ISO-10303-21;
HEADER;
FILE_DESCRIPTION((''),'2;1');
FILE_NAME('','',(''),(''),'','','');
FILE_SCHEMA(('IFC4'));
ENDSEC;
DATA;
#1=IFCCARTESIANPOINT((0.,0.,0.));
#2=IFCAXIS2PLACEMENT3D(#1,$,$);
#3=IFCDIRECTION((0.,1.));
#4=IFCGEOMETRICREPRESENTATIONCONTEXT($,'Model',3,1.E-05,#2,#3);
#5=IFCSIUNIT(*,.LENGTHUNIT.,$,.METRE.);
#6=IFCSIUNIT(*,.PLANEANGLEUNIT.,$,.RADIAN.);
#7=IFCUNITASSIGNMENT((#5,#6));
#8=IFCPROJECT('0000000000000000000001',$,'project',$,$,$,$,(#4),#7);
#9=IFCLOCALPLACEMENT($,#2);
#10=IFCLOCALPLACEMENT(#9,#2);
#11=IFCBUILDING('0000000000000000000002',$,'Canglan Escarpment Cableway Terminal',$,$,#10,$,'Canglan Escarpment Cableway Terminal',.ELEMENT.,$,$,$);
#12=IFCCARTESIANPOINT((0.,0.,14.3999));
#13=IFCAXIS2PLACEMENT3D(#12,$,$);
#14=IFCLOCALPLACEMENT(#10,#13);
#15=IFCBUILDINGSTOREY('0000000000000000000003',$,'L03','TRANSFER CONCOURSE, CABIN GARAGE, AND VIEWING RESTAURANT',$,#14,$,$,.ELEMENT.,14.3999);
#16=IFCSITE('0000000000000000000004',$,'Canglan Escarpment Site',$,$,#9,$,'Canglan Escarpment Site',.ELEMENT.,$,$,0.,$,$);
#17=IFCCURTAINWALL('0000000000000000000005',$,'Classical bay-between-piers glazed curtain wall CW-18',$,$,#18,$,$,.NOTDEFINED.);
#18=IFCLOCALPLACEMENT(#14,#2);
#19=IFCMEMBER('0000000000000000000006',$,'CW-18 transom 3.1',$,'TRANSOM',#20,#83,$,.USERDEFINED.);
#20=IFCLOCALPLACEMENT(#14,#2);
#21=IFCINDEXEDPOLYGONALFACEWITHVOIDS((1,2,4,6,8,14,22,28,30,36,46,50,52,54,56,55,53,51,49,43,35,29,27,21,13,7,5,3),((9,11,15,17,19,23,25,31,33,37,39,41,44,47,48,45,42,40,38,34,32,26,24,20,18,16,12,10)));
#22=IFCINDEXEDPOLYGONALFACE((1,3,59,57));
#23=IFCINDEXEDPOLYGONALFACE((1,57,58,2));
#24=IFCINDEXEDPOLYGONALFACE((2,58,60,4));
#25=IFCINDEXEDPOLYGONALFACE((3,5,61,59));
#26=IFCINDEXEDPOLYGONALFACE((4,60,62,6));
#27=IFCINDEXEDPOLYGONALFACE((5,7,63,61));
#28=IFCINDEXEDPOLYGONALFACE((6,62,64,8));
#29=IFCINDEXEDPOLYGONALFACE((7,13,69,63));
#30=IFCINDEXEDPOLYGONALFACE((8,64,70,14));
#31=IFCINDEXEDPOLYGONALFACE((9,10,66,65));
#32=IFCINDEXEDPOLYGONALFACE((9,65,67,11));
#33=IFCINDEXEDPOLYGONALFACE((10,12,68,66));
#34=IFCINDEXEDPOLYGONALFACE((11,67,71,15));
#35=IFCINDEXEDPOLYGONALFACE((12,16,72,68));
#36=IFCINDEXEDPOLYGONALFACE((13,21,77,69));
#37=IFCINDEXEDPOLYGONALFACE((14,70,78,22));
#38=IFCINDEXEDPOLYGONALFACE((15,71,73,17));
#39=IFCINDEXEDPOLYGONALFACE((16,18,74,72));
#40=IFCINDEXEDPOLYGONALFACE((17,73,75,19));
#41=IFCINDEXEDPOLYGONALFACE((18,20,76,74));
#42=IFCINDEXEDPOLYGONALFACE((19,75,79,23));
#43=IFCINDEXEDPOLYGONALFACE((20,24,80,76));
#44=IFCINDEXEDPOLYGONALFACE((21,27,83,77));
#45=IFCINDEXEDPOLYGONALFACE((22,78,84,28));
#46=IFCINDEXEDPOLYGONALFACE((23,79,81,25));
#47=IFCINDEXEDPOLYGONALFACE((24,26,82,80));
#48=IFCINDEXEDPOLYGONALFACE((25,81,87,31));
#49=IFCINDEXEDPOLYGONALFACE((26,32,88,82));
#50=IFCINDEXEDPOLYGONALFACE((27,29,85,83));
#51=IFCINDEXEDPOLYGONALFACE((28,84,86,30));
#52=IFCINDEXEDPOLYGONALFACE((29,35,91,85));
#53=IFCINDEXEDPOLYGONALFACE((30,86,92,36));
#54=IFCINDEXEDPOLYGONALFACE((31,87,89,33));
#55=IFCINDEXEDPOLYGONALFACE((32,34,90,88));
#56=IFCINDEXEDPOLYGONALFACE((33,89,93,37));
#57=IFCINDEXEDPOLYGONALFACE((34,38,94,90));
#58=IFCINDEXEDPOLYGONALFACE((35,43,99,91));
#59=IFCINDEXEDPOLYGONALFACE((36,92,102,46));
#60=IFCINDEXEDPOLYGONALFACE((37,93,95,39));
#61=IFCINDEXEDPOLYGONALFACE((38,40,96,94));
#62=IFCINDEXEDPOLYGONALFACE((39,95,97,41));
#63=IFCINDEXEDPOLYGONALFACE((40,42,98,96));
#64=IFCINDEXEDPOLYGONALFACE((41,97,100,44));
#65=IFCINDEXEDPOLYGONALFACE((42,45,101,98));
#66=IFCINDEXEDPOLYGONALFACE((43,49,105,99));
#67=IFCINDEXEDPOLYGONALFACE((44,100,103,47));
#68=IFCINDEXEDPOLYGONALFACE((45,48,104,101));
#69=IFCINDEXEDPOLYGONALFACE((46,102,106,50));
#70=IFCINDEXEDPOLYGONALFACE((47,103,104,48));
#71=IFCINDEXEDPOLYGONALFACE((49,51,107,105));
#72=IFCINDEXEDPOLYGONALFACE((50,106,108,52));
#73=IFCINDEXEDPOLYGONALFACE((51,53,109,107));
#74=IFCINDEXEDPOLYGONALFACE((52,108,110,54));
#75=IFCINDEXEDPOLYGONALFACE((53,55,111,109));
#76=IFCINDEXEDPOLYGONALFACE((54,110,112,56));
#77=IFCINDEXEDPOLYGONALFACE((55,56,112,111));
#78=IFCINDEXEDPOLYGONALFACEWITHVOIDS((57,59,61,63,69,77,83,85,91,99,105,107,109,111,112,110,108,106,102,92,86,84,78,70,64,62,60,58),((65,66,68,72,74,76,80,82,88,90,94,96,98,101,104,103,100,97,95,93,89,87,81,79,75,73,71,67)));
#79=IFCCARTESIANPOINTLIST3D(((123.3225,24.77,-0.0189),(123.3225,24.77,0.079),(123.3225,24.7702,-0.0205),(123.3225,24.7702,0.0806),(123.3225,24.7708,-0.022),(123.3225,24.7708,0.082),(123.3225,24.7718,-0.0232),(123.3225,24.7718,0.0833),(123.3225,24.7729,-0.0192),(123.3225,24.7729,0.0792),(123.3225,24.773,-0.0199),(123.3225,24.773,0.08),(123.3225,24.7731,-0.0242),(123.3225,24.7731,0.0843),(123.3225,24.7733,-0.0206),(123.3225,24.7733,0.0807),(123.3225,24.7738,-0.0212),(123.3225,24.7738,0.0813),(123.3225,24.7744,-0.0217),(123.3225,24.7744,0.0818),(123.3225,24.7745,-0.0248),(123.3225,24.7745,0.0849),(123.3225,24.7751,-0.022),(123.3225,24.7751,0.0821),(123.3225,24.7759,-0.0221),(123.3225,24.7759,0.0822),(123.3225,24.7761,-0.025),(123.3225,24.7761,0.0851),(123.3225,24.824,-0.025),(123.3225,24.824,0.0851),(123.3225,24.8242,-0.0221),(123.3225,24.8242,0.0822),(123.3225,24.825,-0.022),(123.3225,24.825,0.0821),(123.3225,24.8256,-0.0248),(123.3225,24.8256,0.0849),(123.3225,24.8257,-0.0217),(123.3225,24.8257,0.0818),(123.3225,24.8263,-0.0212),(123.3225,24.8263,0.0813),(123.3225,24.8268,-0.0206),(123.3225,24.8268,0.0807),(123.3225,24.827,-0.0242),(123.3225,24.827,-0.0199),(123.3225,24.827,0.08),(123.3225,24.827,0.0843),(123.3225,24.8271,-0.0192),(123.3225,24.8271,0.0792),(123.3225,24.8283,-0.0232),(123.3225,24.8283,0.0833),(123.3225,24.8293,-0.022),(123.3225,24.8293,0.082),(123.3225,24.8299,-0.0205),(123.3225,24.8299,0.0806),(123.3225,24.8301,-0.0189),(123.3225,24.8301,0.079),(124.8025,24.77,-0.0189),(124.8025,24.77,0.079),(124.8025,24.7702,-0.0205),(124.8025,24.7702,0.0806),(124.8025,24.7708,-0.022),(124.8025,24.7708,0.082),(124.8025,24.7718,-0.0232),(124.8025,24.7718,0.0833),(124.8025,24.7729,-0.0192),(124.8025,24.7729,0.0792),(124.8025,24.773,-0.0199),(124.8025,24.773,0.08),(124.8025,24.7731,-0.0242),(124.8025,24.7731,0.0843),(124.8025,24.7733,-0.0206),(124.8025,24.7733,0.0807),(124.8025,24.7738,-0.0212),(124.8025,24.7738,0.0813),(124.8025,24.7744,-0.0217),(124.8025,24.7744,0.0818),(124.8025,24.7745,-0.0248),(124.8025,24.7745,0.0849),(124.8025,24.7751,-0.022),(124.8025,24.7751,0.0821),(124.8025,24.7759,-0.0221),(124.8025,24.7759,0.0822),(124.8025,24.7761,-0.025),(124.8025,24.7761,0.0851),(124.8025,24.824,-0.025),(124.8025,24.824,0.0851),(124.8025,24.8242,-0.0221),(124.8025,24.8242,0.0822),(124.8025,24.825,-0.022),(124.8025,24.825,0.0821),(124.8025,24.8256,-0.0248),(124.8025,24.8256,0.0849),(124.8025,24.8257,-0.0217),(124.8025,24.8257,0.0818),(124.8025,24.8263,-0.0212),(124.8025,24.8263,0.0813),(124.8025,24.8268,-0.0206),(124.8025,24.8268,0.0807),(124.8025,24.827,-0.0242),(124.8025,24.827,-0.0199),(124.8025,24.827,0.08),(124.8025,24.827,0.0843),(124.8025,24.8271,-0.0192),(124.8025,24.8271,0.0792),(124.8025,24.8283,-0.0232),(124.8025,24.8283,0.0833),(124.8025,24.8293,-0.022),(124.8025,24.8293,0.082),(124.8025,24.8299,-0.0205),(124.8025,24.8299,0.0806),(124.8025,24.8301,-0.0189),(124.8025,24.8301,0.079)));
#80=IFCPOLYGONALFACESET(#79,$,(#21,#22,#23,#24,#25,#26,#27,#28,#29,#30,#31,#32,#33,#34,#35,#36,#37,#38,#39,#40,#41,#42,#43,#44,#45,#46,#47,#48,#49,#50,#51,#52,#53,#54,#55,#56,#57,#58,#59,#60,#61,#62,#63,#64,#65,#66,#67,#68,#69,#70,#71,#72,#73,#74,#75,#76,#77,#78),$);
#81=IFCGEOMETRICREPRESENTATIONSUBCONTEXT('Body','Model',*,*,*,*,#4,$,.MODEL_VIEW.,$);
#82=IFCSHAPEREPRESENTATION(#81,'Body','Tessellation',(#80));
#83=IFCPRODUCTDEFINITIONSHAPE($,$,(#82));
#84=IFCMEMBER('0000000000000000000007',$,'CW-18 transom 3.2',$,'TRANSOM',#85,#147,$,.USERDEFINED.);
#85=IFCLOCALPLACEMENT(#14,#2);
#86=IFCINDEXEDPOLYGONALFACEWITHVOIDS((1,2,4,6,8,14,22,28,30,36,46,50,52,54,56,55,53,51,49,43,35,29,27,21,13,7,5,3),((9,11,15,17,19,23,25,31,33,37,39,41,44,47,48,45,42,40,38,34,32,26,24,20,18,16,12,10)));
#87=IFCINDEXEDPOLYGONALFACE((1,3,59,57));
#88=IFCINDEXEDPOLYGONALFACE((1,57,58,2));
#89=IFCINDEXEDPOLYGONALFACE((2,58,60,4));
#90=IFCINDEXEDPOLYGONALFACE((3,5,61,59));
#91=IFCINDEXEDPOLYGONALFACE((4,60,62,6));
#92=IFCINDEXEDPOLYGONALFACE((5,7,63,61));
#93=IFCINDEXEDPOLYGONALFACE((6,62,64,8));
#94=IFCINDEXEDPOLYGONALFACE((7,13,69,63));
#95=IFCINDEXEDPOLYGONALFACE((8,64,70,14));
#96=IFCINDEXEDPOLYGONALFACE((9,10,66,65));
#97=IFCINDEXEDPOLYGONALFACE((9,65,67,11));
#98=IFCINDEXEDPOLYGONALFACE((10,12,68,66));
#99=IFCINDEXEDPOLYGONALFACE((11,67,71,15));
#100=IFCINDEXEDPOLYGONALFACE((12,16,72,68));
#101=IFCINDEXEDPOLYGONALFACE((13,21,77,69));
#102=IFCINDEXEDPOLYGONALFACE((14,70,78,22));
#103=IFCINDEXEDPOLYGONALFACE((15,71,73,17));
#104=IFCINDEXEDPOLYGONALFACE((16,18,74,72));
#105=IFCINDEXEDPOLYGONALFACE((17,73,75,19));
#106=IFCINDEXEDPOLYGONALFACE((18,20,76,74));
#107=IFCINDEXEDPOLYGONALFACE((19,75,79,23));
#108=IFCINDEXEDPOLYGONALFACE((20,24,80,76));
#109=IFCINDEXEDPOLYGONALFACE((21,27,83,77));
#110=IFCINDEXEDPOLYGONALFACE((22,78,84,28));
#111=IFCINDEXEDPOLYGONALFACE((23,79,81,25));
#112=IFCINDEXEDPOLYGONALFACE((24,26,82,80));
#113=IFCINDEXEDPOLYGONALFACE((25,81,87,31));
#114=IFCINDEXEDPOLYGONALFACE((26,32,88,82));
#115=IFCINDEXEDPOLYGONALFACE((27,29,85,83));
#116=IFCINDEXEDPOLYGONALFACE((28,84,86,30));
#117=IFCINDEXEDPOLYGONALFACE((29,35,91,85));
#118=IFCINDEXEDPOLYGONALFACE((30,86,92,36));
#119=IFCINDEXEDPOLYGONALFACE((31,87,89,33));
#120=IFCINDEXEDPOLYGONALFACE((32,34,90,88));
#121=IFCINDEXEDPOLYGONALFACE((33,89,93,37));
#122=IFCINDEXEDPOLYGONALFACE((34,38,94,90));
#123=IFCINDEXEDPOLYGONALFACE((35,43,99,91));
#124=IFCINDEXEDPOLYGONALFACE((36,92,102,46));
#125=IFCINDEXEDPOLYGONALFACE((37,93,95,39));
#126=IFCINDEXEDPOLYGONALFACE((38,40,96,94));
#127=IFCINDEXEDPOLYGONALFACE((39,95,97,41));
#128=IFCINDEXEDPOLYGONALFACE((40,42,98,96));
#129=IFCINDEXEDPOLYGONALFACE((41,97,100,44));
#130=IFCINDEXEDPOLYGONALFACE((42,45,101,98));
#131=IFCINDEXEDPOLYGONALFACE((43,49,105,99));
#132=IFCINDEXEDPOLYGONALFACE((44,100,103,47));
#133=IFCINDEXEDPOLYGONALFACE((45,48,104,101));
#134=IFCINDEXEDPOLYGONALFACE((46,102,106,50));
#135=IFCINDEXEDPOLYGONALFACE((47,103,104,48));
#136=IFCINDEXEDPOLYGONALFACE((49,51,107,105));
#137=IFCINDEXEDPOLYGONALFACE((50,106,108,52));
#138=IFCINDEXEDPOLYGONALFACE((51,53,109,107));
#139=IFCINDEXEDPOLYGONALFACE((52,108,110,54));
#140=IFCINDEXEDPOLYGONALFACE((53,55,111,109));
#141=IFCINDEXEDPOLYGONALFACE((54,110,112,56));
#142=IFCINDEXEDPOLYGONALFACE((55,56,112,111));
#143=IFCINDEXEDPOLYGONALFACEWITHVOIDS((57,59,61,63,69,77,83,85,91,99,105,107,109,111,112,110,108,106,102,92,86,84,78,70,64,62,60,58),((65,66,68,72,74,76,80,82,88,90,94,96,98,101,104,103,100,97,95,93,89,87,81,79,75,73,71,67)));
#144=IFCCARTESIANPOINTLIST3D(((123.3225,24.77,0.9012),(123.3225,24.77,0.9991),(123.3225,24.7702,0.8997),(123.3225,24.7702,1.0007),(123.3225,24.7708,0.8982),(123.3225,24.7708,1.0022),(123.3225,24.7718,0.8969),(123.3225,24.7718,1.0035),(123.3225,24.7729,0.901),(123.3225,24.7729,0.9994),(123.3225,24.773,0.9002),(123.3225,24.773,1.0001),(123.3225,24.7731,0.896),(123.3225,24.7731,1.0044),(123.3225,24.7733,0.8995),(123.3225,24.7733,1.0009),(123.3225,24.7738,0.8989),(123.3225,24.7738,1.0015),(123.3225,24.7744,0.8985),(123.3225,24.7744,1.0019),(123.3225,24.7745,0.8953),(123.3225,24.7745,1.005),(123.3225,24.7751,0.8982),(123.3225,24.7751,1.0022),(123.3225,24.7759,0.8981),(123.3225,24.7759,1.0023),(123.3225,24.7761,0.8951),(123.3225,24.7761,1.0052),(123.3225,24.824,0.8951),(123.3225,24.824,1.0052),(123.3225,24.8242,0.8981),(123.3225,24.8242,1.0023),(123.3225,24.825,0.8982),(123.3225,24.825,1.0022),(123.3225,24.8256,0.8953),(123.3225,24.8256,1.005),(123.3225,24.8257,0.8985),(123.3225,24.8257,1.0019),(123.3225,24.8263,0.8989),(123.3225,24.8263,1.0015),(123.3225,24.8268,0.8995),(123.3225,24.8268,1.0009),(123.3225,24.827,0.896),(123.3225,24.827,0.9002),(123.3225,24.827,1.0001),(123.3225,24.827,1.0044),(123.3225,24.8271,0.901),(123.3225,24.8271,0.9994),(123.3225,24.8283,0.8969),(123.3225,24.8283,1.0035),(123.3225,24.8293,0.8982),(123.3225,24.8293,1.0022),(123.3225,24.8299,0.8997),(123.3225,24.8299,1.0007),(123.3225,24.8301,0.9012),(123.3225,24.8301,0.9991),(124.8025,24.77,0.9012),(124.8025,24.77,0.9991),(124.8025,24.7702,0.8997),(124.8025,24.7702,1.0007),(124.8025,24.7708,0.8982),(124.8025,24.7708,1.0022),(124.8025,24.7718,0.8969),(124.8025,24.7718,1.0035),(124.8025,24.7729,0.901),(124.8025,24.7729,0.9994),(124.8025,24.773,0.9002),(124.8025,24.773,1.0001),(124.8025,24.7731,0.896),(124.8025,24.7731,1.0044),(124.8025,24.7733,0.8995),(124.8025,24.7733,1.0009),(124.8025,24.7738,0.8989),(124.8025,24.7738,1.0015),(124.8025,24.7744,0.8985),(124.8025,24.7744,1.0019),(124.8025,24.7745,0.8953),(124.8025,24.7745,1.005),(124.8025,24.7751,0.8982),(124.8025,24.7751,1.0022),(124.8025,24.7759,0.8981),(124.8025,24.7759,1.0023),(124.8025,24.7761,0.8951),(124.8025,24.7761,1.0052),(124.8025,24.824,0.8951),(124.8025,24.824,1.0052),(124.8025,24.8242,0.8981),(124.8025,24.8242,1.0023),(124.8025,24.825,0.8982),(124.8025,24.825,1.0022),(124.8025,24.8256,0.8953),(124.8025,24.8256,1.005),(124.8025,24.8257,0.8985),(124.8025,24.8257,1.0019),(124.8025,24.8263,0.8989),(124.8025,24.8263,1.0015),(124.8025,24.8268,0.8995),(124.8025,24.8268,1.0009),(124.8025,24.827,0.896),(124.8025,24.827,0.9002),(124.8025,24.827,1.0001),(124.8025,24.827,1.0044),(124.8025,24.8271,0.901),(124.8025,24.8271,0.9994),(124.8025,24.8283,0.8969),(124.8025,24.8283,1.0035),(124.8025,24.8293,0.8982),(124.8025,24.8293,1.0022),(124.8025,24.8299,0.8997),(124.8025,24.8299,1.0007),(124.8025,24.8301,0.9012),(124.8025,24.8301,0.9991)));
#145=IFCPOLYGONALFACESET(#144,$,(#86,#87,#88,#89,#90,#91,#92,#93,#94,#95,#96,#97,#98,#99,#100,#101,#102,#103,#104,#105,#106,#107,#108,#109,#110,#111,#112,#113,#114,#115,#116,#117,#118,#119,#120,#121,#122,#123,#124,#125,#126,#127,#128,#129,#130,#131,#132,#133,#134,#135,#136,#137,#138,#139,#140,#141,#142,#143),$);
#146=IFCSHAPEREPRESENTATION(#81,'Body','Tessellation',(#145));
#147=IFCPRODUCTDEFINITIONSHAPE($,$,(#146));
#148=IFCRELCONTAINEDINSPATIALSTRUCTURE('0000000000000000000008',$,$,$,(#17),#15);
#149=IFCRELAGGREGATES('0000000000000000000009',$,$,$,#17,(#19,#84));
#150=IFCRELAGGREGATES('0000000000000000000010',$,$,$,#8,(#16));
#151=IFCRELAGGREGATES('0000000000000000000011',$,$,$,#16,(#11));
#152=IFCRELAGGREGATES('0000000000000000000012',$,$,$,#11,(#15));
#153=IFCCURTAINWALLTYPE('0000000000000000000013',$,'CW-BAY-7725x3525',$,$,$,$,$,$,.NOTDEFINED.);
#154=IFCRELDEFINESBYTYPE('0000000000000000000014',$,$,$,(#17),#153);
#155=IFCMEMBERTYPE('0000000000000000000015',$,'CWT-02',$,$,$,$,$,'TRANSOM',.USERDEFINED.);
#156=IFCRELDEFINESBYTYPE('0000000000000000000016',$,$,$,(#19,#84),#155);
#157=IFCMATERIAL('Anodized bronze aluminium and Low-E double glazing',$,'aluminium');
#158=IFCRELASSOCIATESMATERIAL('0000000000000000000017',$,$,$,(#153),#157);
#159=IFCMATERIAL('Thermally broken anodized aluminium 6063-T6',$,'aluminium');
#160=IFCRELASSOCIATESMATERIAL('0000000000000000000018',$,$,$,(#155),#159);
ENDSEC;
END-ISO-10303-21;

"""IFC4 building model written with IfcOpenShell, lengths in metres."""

from ifc_helpers import new_model, si_unit, direction, frame, origin, origin_2d, place, context, subcontext, project, spatial, hollow_rectangle, extrude, material, material_profile, profile_set, type_object, element, aggregate, save


model = new_model("IFC4")

# Units and contexts
model_context = context("Model", 3, precision=1e-05, world=origin(), true_north=direction((0.0, 1.0)))
body_context = subcontext(model_context, "Body", "Model", "MODEL_VIEW")
ifc_project = project(units=[si_unit("LENGTHUNIT", "METRE"), si_unit("PLANEANGLEUNIT", "RADIAN")], contexts=[model_context])

# Site, building, storey
site_placement = place(None, origin())
site = spatial("IfcSite", under=ifc_project, at=site_placement, Name="Canglan Escarpment Site", LongName="Canglan Escarpment Site", CompositionType="ELEMENT", RefElevation=0.0)
building_placement = place(site_placement, origin())
building = spatial("IfcBuilding", under=site, at=building_placement, Name="Canglan Escarpment Cableway Terminal", LongName="Canglan Escarpment Cableway Terminal", CompositionType="ELEMENT")
storey_placement = place(building_placement, frame((0.0, 0.0, 14.3999)))
storey = spatial("IfcBuildingStorey", under=building, at=storey_placement, Name="L03", Description="TRANSFER CONCOURSE, CABIN GARAGE, AND VIEWING RESTAURANT", CompositionType="ELEMENT", Elevation=14.3999)

# Curtain wall, members
ifc_material_1 = material(Name="Anodized bronze aluminium and Low-E double glazing", Category="aluminium")
curtain_wall_type = type_object("IfcCurtainWallType", Name="CW-BAY-7725x3525", PredefinedType="NOTDEFINED", material=ifc_material_1)
curtain_wall_placement = place(storey_placement, origin())
curtain_wall = element("IfcCurtainWall", 1, at=curtain_wall_placement, inside=storey, type_object=curtain_wall_type, Name="Classical bay-between-piers glazed curtain wall CW-18", PredefinedType="NOTDEFINED")
ifc_material_2 = material(Name="Thermally broken anodized aluminium 6063-T6", Category="aluminium")
ifc_material_profile_1 = material_profile(ifc_material_2, hollow_rectangle(XDim=0.0601, YDim=0.1101, WallThickness=0.0029, InnerFilletRadius=0.0029, OuterFilletRadius=0.0061, at=origin_2d()), Name="ALU-TRAN 60x110x3")
ifc_profile_set_1 = profile_set([ifc_material_profile_1], Name="Thermally broken anodized aluminium 6063-T6")
member_type_1 = type_object("IfcMemberType", Name="CWT-02", ElementType="TRANSOM", PredefinedType="USERDEFINED", material=ifc_profile_set_1)
member_1_placement = place(storey_placement, frame((124.8025, 24.8, 0.03), z_axis=(-1.0, 0.0, 0.0), x_axis=(0.0, -1.0, 0.0)))
member_1 = element("IfcMember", 2, at=member_1_placement, type_object=member_type_1, Name="CW-18 transom 3.1", ObjectType="TRANSOM", PredefinedType="USERDEFINED", context=body_context, shape_type="SweptSolid", body=[
    extrude(hollow_rectangle(XDim=0.0601, YDim=0.1101, WallThickness=0.0029, InnerFilletRadius=0.0029, OuterFilletRadius=0.0061, at=origin_2d()), origin(), (0.0, 0.0, 1.0), 1.48),
])
member_2_placement = place(storey_placement, frame((124.8025, 24.8, 0.9502), z_axis=(-1.0, 0.0, 0.0), x_axis=(0.0, -1.0, 0.0)))
member_2 = element("IfcMember", 3, at=member_2_placement, type_object=member_type_1, Name="CW-18 transom 3.2", ObjectType="TRANSOM", PredefinedType="USERDEFINED", context=body_context, shape_type="SweptSolid", body=[
    extrude(hollow_rectangle(XDim=0.0601, YDim=0.1101, WallThickness=0.0029, InnerFilletRadius=0.0029, OuterFilletRadius=0.0061, at=origin_2d()), origin(), (0.0, 0.0, 1.0), 1.48),
])
aggregate(curtain_wall, [member_1, member_2])

save(model, "model.ifc")
